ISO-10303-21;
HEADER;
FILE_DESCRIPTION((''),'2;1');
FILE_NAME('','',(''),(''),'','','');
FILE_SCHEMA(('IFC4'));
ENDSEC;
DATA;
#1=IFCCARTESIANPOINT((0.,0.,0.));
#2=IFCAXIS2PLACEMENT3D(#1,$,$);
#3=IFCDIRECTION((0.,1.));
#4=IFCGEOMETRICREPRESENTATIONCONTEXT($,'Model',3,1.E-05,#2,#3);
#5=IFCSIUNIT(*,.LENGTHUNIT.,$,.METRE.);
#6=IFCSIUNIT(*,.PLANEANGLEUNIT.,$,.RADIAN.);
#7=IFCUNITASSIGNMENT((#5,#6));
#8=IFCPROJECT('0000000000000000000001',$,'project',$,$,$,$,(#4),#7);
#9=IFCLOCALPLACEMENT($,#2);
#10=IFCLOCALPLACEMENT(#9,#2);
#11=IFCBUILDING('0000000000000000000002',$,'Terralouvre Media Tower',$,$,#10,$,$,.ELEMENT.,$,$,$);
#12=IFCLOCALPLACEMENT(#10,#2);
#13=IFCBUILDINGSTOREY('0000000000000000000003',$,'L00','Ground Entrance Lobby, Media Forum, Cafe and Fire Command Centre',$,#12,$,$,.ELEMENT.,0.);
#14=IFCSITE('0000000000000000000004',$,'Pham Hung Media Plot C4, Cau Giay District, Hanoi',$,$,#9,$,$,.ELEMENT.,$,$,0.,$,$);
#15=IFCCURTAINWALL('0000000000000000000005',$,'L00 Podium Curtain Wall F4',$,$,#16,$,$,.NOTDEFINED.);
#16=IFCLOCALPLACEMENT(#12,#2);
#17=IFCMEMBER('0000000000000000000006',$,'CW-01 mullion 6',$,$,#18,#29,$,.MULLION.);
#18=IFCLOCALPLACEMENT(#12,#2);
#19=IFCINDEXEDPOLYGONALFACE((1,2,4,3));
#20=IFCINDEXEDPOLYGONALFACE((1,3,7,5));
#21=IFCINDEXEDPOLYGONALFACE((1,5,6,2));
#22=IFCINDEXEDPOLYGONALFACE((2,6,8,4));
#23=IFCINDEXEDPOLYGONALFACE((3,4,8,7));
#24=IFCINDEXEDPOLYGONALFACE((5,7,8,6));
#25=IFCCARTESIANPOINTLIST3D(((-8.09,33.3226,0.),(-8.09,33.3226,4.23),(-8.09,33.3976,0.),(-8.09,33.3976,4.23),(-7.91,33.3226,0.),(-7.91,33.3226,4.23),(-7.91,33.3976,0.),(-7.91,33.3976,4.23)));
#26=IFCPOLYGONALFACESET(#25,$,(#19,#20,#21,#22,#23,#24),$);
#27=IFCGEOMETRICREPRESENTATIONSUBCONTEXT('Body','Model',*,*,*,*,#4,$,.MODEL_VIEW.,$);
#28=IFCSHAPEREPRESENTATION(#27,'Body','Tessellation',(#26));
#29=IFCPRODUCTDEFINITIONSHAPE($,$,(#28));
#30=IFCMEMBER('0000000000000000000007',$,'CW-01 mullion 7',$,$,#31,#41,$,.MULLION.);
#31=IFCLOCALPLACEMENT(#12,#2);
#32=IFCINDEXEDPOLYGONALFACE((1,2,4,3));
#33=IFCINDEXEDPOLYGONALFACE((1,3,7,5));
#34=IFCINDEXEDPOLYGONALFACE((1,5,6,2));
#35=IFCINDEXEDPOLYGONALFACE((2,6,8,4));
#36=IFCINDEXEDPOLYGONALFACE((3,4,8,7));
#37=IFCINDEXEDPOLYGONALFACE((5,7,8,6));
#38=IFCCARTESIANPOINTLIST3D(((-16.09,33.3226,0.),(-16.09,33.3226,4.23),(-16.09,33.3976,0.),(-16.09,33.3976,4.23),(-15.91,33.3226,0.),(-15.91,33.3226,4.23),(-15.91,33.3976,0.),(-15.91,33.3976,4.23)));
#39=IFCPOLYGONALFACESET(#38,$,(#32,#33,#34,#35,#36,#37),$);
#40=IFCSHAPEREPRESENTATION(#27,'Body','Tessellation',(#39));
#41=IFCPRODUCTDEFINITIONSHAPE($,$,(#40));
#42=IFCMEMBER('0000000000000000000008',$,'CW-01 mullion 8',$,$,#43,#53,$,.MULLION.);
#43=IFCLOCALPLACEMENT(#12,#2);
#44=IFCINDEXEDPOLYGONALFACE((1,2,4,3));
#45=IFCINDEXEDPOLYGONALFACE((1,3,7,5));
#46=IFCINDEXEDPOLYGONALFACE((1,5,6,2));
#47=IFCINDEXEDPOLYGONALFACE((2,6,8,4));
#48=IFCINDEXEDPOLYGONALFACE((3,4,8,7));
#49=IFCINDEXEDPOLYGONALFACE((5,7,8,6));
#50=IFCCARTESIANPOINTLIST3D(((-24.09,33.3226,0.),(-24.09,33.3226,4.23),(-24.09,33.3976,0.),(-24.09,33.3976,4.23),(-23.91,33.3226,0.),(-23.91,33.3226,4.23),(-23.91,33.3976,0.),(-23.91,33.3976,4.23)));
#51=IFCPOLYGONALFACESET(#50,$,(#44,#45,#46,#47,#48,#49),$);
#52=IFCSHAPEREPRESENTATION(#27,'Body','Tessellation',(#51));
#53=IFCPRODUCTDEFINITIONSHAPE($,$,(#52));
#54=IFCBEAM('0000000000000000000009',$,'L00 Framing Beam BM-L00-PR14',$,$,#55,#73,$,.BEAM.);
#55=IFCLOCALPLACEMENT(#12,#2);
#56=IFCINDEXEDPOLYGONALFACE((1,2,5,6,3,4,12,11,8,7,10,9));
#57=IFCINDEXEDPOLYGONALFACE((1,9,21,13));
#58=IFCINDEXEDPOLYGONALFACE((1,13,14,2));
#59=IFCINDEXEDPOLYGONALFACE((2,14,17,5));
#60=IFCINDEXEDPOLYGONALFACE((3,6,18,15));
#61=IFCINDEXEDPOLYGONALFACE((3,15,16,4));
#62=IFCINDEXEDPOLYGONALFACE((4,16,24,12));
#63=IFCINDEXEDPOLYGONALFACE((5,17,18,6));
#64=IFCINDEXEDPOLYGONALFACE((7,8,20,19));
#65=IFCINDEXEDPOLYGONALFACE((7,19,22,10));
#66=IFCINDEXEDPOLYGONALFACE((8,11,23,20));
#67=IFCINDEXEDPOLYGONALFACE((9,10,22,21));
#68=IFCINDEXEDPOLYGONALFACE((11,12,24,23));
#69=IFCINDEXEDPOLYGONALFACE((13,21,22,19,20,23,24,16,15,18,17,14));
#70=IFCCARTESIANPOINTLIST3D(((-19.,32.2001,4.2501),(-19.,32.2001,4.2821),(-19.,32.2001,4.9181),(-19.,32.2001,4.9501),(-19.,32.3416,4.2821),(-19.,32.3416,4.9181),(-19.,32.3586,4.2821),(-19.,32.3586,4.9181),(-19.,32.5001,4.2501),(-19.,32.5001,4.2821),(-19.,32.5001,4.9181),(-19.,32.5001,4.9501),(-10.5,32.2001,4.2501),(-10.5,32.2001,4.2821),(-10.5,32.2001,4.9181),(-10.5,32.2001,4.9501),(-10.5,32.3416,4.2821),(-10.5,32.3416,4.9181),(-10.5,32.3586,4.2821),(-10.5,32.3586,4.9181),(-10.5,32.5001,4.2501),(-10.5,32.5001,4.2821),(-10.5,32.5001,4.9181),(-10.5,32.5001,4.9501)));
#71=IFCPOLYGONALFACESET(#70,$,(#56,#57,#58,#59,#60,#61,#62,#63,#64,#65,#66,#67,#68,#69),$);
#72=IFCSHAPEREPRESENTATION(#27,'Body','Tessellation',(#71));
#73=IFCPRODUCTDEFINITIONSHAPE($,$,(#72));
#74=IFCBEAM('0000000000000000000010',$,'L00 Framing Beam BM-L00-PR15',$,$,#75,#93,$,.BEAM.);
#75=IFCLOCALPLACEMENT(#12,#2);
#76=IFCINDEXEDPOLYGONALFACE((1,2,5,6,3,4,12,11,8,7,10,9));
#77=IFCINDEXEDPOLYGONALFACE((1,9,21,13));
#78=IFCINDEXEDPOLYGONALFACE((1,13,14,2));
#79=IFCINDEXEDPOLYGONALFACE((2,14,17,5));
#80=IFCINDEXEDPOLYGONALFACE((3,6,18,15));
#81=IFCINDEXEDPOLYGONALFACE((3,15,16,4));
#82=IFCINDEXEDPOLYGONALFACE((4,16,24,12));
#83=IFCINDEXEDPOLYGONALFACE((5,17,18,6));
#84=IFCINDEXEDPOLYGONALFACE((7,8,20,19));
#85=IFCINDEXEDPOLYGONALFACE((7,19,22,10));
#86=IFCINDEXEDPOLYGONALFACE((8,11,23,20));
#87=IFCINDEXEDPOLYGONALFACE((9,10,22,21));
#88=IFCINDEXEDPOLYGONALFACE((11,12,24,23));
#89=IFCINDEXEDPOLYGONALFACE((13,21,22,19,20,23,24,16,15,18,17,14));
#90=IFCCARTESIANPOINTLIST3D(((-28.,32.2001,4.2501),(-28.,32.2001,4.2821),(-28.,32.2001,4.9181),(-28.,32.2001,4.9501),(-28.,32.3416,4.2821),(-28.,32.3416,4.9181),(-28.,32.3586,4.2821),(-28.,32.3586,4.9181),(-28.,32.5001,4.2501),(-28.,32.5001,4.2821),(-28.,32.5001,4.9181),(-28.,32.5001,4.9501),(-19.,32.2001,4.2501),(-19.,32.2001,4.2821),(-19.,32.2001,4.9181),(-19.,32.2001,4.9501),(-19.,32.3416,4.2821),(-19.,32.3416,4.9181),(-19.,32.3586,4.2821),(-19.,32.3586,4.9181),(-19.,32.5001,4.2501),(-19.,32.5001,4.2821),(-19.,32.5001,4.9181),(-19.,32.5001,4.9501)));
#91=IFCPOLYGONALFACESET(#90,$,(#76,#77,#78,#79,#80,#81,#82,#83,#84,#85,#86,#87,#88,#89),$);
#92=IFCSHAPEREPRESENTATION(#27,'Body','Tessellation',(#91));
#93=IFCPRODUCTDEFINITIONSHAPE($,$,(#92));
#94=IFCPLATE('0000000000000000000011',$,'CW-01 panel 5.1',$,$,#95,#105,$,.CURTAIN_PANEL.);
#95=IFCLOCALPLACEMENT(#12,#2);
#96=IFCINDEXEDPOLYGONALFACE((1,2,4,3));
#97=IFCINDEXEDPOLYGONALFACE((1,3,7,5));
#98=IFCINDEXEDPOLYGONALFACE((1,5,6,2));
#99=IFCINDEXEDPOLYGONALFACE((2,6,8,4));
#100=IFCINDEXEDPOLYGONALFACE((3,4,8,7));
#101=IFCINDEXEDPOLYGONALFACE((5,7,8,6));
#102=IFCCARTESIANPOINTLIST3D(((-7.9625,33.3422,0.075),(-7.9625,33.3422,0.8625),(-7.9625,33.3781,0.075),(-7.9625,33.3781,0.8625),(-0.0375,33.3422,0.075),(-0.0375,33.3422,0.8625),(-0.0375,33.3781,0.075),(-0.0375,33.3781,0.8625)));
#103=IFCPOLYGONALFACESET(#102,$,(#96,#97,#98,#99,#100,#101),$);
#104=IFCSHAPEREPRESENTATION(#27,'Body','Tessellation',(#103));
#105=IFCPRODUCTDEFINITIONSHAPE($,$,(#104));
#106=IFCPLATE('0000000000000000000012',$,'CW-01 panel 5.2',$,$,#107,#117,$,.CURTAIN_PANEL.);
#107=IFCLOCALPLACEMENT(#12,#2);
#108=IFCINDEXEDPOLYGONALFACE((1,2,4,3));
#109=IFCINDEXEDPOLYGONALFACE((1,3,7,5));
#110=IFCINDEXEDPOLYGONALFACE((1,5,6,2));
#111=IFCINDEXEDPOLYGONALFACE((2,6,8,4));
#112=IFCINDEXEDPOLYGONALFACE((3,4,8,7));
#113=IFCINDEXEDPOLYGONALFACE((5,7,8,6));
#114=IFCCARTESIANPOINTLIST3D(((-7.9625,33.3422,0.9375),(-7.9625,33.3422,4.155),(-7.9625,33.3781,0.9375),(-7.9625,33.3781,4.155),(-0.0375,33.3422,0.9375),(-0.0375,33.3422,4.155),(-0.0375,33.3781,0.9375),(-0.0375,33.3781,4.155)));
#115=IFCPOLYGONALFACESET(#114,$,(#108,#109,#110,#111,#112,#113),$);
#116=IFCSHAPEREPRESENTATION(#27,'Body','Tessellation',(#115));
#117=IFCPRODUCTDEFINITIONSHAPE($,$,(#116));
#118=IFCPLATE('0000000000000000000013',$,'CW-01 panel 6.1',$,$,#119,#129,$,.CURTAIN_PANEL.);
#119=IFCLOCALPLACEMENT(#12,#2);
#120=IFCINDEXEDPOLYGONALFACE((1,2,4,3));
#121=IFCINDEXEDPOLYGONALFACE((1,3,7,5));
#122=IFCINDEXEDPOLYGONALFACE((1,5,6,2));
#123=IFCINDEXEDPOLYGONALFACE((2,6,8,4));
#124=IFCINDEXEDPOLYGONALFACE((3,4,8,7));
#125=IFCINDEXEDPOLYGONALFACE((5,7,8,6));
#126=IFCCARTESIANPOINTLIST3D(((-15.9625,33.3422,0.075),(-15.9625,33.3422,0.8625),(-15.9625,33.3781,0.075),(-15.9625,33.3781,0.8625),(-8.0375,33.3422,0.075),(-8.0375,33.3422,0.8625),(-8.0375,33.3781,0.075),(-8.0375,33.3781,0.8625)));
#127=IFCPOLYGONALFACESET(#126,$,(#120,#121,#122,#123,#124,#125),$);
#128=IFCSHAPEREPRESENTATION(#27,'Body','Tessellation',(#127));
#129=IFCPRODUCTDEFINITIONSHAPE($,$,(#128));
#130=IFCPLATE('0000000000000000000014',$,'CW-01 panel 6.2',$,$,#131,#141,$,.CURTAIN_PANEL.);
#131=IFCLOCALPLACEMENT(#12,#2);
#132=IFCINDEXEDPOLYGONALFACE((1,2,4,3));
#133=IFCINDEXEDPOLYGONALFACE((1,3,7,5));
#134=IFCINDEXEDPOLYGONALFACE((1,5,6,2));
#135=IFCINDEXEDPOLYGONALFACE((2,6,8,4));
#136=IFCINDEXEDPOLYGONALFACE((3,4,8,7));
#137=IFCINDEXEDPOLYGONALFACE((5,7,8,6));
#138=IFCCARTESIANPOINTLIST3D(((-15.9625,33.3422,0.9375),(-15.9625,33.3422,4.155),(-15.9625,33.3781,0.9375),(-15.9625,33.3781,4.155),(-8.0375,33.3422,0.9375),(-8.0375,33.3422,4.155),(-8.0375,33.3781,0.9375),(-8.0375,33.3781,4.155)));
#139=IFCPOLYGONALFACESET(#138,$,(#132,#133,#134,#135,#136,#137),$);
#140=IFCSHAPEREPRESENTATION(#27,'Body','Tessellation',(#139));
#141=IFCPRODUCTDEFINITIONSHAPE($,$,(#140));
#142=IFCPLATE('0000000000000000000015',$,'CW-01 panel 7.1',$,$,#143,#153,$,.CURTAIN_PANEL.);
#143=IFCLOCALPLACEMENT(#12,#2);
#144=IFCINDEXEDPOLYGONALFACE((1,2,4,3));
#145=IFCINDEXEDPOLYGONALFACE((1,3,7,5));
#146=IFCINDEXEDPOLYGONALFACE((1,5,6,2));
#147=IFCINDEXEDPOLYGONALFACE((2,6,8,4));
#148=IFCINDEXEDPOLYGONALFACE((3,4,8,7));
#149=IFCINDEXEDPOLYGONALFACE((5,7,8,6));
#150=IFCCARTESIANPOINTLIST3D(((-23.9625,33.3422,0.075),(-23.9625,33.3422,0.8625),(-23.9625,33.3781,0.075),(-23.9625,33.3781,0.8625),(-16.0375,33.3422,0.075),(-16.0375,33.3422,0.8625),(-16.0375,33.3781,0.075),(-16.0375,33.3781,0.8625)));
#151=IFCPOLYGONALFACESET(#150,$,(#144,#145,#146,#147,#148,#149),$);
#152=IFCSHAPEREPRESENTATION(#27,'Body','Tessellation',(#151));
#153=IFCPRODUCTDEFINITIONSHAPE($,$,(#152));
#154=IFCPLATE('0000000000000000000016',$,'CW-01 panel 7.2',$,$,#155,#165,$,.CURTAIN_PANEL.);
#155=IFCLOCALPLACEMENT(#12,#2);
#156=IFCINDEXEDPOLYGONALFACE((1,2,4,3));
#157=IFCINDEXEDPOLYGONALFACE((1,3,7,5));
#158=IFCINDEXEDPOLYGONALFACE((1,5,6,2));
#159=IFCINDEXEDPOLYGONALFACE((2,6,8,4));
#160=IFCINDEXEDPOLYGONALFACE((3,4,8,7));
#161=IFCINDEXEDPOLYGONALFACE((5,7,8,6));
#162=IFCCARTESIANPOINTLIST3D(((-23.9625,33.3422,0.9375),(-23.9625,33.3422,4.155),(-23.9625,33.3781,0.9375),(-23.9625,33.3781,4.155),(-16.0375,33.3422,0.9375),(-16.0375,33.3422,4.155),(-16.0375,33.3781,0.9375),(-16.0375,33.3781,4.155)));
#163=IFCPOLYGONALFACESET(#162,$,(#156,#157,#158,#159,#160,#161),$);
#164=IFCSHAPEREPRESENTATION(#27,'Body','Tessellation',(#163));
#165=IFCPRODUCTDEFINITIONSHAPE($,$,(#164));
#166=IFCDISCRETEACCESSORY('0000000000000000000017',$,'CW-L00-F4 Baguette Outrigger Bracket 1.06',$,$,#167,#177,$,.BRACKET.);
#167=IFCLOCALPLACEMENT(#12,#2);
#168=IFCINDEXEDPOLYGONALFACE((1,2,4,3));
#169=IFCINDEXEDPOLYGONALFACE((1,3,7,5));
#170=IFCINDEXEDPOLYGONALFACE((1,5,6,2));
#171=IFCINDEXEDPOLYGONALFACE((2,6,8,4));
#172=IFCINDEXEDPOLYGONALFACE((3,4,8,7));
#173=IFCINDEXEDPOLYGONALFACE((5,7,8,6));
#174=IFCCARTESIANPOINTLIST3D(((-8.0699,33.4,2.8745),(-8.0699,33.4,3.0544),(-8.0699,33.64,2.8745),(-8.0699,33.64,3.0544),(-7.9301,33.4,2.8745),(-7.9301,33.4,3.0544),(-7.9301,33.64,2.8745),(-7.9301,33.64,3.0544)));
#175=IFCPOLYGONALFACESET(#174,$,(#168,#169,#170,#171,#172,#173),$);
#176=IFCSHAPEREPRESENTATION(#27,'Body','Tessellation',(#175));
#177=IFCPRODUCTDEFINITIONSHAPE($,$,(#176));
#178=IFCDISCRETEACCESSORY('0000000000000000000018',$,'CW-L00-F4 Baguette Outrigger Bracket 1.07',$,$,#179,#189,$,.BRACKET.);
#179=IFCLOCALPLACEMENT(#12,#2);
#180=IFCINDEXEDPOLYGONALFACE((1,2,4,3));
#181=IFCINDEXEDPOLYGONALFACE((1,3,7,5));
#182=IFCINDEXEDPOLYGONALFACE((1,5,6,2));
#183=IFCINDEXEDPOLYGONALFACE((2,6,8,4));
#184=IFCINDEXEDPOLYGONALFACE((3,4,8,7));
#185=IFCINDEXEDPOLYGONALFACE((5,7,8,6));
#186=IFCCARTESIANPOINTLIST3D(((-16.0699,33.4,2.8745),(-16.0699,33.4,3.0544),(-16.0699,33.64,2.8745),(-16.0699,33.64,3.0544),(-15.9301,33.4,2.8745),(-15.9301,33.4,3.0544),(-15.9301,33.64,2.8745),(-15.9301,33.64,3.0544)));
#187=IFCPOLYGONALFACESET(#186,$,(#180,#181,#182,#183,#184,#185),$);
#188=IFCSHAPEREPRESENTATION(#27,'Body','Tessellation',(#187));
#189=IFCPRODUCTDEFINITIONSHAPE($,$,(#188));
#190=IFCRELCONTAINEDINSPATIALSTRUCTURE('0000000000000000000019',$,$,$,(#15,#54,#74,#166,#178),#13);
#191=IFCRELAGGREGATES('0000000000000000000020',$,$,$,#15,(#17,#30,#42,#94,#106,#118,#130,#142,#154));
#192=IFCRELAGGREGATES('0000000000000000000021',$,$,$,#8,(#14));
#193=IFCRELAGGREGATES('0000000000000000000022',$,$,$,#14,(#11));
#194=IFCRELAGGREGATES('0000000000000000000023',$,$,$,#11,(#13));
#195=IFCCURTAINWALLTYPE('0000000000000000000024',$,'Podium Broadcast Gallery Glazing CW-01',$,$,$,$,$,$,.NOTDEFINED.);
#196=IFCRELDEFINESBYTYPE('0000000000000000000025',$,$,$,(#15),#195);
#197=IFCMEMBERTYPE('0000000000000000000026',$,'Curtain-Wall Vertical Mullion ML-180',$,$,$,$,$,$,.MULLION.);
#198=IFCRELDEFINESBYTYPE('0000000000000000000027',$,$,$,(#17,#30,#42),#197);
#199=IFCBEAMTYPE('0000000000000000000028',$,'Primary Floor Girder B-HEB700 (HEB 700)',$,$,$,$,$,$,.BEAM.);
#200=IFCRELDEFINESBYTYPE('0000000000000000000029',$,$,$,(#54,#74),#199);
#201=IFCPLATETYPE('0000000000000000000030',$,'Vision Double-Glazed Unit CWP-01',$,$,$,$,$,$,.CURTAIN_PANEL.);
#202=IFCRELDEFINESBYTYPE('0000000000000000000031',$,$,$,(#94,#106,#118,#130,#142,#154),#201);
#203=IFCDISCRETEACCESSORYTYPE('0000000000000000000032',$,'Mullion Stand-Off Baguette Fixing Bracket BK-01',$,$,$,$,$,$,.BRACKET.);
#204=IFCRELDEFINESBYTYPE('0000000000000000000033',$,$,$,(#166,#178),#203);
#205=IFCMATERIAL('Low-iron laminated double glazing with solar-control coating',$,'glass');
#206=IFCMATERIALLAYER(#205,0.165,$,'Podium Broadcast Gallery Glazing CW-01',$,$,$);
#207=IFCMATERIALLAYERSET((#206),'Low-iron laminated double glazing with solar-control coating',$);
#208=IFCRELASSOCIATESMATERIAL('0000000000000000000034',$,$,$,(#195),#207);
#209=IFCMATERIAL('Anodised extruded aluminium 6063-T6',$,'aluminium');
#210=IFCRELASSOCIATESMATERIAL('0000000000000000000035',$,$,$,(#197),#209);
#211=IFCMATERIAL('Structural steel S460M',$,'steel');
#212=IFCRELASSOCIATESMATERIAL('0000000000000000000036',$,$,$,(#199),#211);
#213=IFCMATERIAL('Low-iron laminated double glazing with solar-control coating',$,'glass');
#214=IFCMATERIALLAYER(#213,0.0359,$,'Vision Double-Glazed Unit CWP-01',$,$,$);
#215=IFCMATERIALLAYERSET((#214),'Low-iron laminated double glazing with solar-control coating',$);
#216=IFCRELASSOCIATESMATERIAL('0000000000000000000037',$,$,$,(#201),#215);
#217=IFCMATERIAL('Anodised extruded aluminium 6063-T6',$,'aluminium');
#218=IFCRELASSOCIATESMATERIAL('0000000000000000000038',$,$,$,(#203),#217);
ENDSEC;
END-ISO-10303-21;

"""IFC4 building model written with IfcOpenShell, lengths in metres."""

from ifc_helpers import new_model, si_unit, direction, frame, origin, origin_2d, place, context, subcontext, project, spatial, rectangle, i_section, extrude, material, layer, layer_set, material_profile, profile_set, type_object, element, aggregate, save


model = new_model("IFC4")

# Units and contexts
model_context = context("Model", 3, precision=1e-05, world=origin(), true_north=direction((0.0, 1.0)))
body_context = subcontext(model_context, "Body", "Model", "MODEL_VIEW")
ifc_project = project(units=[si_unit("LENGTHUNIT", "METRE"), si_unit("PLANEANGLEUNIT", "RADIAN")], contexts=[model_context])

# Site, building, storey
site_placement = place(None, origin())
site = spatial("IfcSite", under=ifc_project, at=site_placement, Name="Pham Hung Media Plot C4, Cau Giay District, Hanoi", CompositionType="ELEMENT", RefElevation=0.0)
building_placement = place(site_placement, origin())
building = spatial("IfcBuilding", under=site, at=building_placement, Name="Terralouvre Media Tower", CompositionType="ELEMENT")
storey_placement = place(building_placement, origin())
storey = spatial("IfcBuildingStorey", under=building, at=storey_placement, Name="L00", Description="Ground Entrance Lobby, Media Forum, Cafe and Fire Command Centre", CompositionType="ELEMENT", Elevation=0.0)

# Curtain wall, members
ifc_material_1 = material(Name="Low-iron laminated double glazing with solar-control coating", Category="glass")
ifc_layer_1 = layer(ifc_material_1, 0.165, Name="Podium Broadcast Gallery Glazing CW-01")
ifc_layer_set_1 = layer_set([ifc_layer_1], Name="Low-iron laminated double glazing with solar-control coating")
curtain_wall_type = type_object("IfcCurtainWallType", Name="Podium Broadcast Gallery Glazing CW-01", PredefinedType="NOTDEFINED", material=ifc_layer_set_1)
curtain_wall_placement = place(storey_placement, origin())
curtain_wall = element("IfcCurtainWall", 1, at=curtain_wall_placement, inside=storey, type_object=curtain_wall_type, Name="L00 Podium Curtain Wall F4", PredefinedType="NOTDEFINED")
ifc_material_2 = material(Name="Anodised extruded aluminium 6063-T6", Category="aluminium")
ifc_material_profile_1 = material_profile(ifc_material_2, rectangle(XDim=0.075, YDim=0.1799, at=origin_2d()), Name="ALU 75x180")
ifc_profile_set_1 = profile_set([ifc_material_profile_1], Name="Anodised extruded aluminium 6063-T6")
member_type_1 = type_object("IfcMemberType", Name="Curtain-Wall Vertical Mullion ML-180", PredefinedType="MULLION", material=ifc_profile_set_1)
member_1_placement = place(storey_placement, frame((-8.0, 33.3601, 0.0), z_axis=(0.0, 0.0, 1.0), x_axis=(0.0, -1.0, 0.0)))
member_1 = element("IfcMember", 2, at=member_1_placement, type_object=member_type_1, Name="CW-01 mullion 6", PredefinedType="MULLION", context=body_context, shape_type="SweptSolid", body=[
    extrude(rectangle(XDim=0.075, YDim=0.1799, at=origin_2d()), origin(), (0.0, 0.0, 1.0), 4.23),
])
member_2_placement = place(storey_placement, frame((-16.0, 33.3601, 0.0), z_axis=(0.0, 0.0, 1.0), x_axis=(0.0, -1.0, 0.0)))
member_2 = element("IfcMember", 3, at=member_2_placement, type_object=member_type_1, Name="CW-01 mullion 7", PredefinedType="MULLION", context=body_context, shape_type="SweptSolid", body=[
    extrude(rectangle(XDim=0.075, YDim=0.1799, at=origin_2d()), origin(), (0.0, 0.0, 1.0), 4.23),
])
member_3_placement = place(storey_placement, frame((-24.0, 33.3601, 0.0), z_axis=(0.0, 0.0, 1.0), x_axis=(0.0, -1.0, 0.0)))
member_3 = element("IfcMember", 4, at=member_3_placement, type_object=member_type_1, Name="CW-01 mullion 8", PredefinedType="MULLION", context=body_context, shape_type="SweptSolid", body=[
    extrude(rectangle(XDim=0.075, YDim=0.1799, at=origin_2d()), origin(), (0.0, 0.0, 1.0), 4.23),
])

# Beams
ifc_material_3 = material(Name="Structural steel S460M", Category="steel")
ifc_material_profile_2 = material_profile(ifc_material_3, i_section(OverallWidth=0.3, OverallDepth=0.7, WebThickness=0.0171, FlangeThickness=0.032, at=origin_2d()), Name="HEB 700")
ifc_profile_set_2 = profile_set([ifc_material_profile_2], Name="Structural steel S460M")
beam_type = type_object("IfcBeamType", Name="Primary Floor Girder B-HEB700 (HEB 700)", PredefinedType="BEAM", material=ifc_profile_set_2)
beam_1_placement = place(storey_placement, frame((-10.5, 32.3501, 4.6001), z_axis=(-1.0, 0.0, 0.0), x_axis=(0.0, -1.0, 0.0)))
element("IfcBeam", 5, at=beam_1_placement, inside=storey, type_object=beam_type, Name="L00 Framing Beam BM-L00-PR14", PredefinedType="BEAM", context=body_context, shape_type="SweptSolid", body=[
    extrude(i_section(OverallWidth=0.3, OverallDepth=0.7, WebThickness=0.0171, FlangeThickness=0.032, at=origin_2d()), origin(), (0.0, 0.0, 1.0), 8.5),
])
beam_2_placement = place(storey_placement, frame((-19.0, 32.3501, 4.6001), z_axis=(-1.0, 0.0, 0.0), x_axis=(0.0, -1.0, 0.0)))
element("IfcBeam", 6, at=beam_2_placement, inside=storey, type_object=beam_type, Name="L00 Framing Beam BM-L00-PR15", PredefinedType="BEAM", context=body_context, shape_type="SweptSolid", body=[
    extrude(i_section(OverallWidth=0.3, OverallDepth=0.7, WebThickness=0.0171, FlangeThickness=0.032, at=origin_2d()), origin(), (0.0, 0.0, 1.0), 9.0),
])

# Plates
ifc_material_4 = material(Name="Low-iron laminated double glazing with solar-control coating", Category="glass")
ifc_layer_2 = layer(ifc_material_4, 0.0359, Name="Vision Double-Glazed Unit CWP-01")
ifc_layer_set_2 = layer_set([ifc_layer_2], Name="Low-iron laminated double glazing with solar-control coating")
plate_type = type_object("IfcPlateType", Name="Vision Double-Glazed Unit CWP-01", PredefinedType="CURTAIN_PANEL", material=ifc_layer_set_2)
plate_1_placement = place(storey_placement, frame((-4.0, 33.3601, 0.075), z_axis=(0.0, 0.0, 1.0), x_axis=(-1.0, 0.0, 0.0)))
plate_1 = element("IfcPlate", 7, at=plate_1_placement, type_object=plate_type, Name="CW-01 panel 5.1", PredefinedType="CURTAIN_PANEL", context=body_context, shape_type="SweptSolid", body=[
    extrude(rectangle(XDim=7.925, YDim=0.0359, at=origin_2d()), origin(), (0.0, 0.0, 1.0), 0.7876),
])
plate_2_placement = place(storey_placement, frame((-4.0, 33.3601, 0.9375), z_axis=(0.0, 0.0, 1.0), x_axis=(-1.0, 0.0, 0.0)))
plate_2 = element("IfcPlate", 8, at=plate_2_placement, type_object=plate_type, Name="CW-01 panel 5.2", PredefinedType="CURTAIN_PANEL", context=body_context, shape_type="SweptSolid", body=[
    extrude(rectangle(XDim=7.925, YDim=0.0359, at=origin_2d()), origin(), (0.0, 0.0, 1.0), 3.2175),
])
plate_3_placement = place(storey_placement, frame((-12.0, 33.3601, 0.075), z_axis=(0.0, 0.0, 1.0), x_axis=(-1.0, 0.0, 0.0)))
plate_3 = element("IfcPlate", 9, at=plate_3_placement, type_object=plate_type, Name="CW-01 panel 6.1", PredefinedType="CURTAIN_PANEL", context=body_context, shape_type="SweptSolid", body=[
    extrude(rectangle(XDim=7.925, YDim=0.0359, at=origin_2d()), origin(), (0.0, 0.0, 1.0), 0.7876),
])
plate_4_placement = place(storey_placement, frame((-12.0, 33.3601, 0.9375), z_axis=(0.0, 0.0, 1.0), x_axis=(-1.0, 0.0, 0.0)))
plate_4 = element("IfcPlate", 10, at=plate_4_placement, type_object=plate_type, Name="CW-01 panel 6.2", PredefinedType="CURTAIN_PANEL", context=body_context, shape_type="SweptSolid", body=[
    extrude(rectangle(XDim=7.925, YDim=0.0359, at=origin_2d()), origin(), (0.0, 0.0, 1.0), 3.2175),
])
plate_5_placement = place(storey_placement, frame((-20.0, 33.3601, 0.075), z_axis=(0.0, 0.0, 1.0), x_axis=(-1.0, 0.0, 0.0)))
plate_5 = element("IfcPlate", 11, at=plate_5_placement, type_object=plate_type, Name="CW-01 panel 7.1", PredefinedType="CURTAIN_PANEL", context=body_context, shape_type="SweptSolid", body=[
    extrude(rectangle(XDim=7.925, YDim=0.0359, at=origin_2d()), origin(), (0.0, 0.0, 1.0), 0.7876),
])
plate_6_placement = place(storey_placement, frame((-20.0, 33.3601, 0.9375), z_axis=(0.0, 0.0, 1.0), x_axis=(-1.0, 0.0, 0.0)))
plate_6 = element("IfcPlate", 12, at=plate_6_placement, type_object=plate_type, Name="CW-01 panel 7.2", PredefinedType="CURTAIN_PANEL", context=body_context, shape_type="SweptSolid", body=[
    extrude(rectangle(XDim=7.925, YDim=0.0359, at=origin_2d()), origin(), (0.0, 0.0, 1.0), 3.2175),
])
aggregate(curtain_wall, [member_1, member_2, member_3, plate_1, plate_2, plate_3, plate_4, plate_5, plate_6])

# Discrete accessories
ifc_material_5 = material(Name="Anodised extruded aluminium 6063-T6", Category="aluminium")
discrete_accessory_type = type_object("IfcDiscreteAccessoryType", Name="Mullion Stand-Off Baguette Fixing Bracket BK-01", PredefinedType="BRACKET", material=ifc_material_5)
for number, where, z_axis, x_axis, name in (
    (13, (-8.0, 33.52, 2.8745), (0.0, 0.0, 1.0), (-1.0, 0.0, 0.0), "CW-L00-F4 Baguette Outrigger Bracket 1.06"),
    (14, (-16.0, 33.52, 2.8745), (0.0, 0.0, 1.0), (-1.0, 0.0, 0.0), "CW-L00-F4 Baguette Outrigger Bracket 1.07"),
):
    element("IfcDiscreteAccessory", number, at=place(storey_placement, frame(where, z_axis=z_axis, x_axis=x_axis)), inside=storey, type_object=discrete_accessory_type, Name=name, PredefinedType="BRACKET", context=body_context, shape_type="SweptSolid", body=[
        extrude(rectangle(XDim=0.1399, YDim=0.24, at=origin_2d()), origin(), (0.0, 0.0, 1.0), 0.1799),
    ])

save(model, "model.ifc")
